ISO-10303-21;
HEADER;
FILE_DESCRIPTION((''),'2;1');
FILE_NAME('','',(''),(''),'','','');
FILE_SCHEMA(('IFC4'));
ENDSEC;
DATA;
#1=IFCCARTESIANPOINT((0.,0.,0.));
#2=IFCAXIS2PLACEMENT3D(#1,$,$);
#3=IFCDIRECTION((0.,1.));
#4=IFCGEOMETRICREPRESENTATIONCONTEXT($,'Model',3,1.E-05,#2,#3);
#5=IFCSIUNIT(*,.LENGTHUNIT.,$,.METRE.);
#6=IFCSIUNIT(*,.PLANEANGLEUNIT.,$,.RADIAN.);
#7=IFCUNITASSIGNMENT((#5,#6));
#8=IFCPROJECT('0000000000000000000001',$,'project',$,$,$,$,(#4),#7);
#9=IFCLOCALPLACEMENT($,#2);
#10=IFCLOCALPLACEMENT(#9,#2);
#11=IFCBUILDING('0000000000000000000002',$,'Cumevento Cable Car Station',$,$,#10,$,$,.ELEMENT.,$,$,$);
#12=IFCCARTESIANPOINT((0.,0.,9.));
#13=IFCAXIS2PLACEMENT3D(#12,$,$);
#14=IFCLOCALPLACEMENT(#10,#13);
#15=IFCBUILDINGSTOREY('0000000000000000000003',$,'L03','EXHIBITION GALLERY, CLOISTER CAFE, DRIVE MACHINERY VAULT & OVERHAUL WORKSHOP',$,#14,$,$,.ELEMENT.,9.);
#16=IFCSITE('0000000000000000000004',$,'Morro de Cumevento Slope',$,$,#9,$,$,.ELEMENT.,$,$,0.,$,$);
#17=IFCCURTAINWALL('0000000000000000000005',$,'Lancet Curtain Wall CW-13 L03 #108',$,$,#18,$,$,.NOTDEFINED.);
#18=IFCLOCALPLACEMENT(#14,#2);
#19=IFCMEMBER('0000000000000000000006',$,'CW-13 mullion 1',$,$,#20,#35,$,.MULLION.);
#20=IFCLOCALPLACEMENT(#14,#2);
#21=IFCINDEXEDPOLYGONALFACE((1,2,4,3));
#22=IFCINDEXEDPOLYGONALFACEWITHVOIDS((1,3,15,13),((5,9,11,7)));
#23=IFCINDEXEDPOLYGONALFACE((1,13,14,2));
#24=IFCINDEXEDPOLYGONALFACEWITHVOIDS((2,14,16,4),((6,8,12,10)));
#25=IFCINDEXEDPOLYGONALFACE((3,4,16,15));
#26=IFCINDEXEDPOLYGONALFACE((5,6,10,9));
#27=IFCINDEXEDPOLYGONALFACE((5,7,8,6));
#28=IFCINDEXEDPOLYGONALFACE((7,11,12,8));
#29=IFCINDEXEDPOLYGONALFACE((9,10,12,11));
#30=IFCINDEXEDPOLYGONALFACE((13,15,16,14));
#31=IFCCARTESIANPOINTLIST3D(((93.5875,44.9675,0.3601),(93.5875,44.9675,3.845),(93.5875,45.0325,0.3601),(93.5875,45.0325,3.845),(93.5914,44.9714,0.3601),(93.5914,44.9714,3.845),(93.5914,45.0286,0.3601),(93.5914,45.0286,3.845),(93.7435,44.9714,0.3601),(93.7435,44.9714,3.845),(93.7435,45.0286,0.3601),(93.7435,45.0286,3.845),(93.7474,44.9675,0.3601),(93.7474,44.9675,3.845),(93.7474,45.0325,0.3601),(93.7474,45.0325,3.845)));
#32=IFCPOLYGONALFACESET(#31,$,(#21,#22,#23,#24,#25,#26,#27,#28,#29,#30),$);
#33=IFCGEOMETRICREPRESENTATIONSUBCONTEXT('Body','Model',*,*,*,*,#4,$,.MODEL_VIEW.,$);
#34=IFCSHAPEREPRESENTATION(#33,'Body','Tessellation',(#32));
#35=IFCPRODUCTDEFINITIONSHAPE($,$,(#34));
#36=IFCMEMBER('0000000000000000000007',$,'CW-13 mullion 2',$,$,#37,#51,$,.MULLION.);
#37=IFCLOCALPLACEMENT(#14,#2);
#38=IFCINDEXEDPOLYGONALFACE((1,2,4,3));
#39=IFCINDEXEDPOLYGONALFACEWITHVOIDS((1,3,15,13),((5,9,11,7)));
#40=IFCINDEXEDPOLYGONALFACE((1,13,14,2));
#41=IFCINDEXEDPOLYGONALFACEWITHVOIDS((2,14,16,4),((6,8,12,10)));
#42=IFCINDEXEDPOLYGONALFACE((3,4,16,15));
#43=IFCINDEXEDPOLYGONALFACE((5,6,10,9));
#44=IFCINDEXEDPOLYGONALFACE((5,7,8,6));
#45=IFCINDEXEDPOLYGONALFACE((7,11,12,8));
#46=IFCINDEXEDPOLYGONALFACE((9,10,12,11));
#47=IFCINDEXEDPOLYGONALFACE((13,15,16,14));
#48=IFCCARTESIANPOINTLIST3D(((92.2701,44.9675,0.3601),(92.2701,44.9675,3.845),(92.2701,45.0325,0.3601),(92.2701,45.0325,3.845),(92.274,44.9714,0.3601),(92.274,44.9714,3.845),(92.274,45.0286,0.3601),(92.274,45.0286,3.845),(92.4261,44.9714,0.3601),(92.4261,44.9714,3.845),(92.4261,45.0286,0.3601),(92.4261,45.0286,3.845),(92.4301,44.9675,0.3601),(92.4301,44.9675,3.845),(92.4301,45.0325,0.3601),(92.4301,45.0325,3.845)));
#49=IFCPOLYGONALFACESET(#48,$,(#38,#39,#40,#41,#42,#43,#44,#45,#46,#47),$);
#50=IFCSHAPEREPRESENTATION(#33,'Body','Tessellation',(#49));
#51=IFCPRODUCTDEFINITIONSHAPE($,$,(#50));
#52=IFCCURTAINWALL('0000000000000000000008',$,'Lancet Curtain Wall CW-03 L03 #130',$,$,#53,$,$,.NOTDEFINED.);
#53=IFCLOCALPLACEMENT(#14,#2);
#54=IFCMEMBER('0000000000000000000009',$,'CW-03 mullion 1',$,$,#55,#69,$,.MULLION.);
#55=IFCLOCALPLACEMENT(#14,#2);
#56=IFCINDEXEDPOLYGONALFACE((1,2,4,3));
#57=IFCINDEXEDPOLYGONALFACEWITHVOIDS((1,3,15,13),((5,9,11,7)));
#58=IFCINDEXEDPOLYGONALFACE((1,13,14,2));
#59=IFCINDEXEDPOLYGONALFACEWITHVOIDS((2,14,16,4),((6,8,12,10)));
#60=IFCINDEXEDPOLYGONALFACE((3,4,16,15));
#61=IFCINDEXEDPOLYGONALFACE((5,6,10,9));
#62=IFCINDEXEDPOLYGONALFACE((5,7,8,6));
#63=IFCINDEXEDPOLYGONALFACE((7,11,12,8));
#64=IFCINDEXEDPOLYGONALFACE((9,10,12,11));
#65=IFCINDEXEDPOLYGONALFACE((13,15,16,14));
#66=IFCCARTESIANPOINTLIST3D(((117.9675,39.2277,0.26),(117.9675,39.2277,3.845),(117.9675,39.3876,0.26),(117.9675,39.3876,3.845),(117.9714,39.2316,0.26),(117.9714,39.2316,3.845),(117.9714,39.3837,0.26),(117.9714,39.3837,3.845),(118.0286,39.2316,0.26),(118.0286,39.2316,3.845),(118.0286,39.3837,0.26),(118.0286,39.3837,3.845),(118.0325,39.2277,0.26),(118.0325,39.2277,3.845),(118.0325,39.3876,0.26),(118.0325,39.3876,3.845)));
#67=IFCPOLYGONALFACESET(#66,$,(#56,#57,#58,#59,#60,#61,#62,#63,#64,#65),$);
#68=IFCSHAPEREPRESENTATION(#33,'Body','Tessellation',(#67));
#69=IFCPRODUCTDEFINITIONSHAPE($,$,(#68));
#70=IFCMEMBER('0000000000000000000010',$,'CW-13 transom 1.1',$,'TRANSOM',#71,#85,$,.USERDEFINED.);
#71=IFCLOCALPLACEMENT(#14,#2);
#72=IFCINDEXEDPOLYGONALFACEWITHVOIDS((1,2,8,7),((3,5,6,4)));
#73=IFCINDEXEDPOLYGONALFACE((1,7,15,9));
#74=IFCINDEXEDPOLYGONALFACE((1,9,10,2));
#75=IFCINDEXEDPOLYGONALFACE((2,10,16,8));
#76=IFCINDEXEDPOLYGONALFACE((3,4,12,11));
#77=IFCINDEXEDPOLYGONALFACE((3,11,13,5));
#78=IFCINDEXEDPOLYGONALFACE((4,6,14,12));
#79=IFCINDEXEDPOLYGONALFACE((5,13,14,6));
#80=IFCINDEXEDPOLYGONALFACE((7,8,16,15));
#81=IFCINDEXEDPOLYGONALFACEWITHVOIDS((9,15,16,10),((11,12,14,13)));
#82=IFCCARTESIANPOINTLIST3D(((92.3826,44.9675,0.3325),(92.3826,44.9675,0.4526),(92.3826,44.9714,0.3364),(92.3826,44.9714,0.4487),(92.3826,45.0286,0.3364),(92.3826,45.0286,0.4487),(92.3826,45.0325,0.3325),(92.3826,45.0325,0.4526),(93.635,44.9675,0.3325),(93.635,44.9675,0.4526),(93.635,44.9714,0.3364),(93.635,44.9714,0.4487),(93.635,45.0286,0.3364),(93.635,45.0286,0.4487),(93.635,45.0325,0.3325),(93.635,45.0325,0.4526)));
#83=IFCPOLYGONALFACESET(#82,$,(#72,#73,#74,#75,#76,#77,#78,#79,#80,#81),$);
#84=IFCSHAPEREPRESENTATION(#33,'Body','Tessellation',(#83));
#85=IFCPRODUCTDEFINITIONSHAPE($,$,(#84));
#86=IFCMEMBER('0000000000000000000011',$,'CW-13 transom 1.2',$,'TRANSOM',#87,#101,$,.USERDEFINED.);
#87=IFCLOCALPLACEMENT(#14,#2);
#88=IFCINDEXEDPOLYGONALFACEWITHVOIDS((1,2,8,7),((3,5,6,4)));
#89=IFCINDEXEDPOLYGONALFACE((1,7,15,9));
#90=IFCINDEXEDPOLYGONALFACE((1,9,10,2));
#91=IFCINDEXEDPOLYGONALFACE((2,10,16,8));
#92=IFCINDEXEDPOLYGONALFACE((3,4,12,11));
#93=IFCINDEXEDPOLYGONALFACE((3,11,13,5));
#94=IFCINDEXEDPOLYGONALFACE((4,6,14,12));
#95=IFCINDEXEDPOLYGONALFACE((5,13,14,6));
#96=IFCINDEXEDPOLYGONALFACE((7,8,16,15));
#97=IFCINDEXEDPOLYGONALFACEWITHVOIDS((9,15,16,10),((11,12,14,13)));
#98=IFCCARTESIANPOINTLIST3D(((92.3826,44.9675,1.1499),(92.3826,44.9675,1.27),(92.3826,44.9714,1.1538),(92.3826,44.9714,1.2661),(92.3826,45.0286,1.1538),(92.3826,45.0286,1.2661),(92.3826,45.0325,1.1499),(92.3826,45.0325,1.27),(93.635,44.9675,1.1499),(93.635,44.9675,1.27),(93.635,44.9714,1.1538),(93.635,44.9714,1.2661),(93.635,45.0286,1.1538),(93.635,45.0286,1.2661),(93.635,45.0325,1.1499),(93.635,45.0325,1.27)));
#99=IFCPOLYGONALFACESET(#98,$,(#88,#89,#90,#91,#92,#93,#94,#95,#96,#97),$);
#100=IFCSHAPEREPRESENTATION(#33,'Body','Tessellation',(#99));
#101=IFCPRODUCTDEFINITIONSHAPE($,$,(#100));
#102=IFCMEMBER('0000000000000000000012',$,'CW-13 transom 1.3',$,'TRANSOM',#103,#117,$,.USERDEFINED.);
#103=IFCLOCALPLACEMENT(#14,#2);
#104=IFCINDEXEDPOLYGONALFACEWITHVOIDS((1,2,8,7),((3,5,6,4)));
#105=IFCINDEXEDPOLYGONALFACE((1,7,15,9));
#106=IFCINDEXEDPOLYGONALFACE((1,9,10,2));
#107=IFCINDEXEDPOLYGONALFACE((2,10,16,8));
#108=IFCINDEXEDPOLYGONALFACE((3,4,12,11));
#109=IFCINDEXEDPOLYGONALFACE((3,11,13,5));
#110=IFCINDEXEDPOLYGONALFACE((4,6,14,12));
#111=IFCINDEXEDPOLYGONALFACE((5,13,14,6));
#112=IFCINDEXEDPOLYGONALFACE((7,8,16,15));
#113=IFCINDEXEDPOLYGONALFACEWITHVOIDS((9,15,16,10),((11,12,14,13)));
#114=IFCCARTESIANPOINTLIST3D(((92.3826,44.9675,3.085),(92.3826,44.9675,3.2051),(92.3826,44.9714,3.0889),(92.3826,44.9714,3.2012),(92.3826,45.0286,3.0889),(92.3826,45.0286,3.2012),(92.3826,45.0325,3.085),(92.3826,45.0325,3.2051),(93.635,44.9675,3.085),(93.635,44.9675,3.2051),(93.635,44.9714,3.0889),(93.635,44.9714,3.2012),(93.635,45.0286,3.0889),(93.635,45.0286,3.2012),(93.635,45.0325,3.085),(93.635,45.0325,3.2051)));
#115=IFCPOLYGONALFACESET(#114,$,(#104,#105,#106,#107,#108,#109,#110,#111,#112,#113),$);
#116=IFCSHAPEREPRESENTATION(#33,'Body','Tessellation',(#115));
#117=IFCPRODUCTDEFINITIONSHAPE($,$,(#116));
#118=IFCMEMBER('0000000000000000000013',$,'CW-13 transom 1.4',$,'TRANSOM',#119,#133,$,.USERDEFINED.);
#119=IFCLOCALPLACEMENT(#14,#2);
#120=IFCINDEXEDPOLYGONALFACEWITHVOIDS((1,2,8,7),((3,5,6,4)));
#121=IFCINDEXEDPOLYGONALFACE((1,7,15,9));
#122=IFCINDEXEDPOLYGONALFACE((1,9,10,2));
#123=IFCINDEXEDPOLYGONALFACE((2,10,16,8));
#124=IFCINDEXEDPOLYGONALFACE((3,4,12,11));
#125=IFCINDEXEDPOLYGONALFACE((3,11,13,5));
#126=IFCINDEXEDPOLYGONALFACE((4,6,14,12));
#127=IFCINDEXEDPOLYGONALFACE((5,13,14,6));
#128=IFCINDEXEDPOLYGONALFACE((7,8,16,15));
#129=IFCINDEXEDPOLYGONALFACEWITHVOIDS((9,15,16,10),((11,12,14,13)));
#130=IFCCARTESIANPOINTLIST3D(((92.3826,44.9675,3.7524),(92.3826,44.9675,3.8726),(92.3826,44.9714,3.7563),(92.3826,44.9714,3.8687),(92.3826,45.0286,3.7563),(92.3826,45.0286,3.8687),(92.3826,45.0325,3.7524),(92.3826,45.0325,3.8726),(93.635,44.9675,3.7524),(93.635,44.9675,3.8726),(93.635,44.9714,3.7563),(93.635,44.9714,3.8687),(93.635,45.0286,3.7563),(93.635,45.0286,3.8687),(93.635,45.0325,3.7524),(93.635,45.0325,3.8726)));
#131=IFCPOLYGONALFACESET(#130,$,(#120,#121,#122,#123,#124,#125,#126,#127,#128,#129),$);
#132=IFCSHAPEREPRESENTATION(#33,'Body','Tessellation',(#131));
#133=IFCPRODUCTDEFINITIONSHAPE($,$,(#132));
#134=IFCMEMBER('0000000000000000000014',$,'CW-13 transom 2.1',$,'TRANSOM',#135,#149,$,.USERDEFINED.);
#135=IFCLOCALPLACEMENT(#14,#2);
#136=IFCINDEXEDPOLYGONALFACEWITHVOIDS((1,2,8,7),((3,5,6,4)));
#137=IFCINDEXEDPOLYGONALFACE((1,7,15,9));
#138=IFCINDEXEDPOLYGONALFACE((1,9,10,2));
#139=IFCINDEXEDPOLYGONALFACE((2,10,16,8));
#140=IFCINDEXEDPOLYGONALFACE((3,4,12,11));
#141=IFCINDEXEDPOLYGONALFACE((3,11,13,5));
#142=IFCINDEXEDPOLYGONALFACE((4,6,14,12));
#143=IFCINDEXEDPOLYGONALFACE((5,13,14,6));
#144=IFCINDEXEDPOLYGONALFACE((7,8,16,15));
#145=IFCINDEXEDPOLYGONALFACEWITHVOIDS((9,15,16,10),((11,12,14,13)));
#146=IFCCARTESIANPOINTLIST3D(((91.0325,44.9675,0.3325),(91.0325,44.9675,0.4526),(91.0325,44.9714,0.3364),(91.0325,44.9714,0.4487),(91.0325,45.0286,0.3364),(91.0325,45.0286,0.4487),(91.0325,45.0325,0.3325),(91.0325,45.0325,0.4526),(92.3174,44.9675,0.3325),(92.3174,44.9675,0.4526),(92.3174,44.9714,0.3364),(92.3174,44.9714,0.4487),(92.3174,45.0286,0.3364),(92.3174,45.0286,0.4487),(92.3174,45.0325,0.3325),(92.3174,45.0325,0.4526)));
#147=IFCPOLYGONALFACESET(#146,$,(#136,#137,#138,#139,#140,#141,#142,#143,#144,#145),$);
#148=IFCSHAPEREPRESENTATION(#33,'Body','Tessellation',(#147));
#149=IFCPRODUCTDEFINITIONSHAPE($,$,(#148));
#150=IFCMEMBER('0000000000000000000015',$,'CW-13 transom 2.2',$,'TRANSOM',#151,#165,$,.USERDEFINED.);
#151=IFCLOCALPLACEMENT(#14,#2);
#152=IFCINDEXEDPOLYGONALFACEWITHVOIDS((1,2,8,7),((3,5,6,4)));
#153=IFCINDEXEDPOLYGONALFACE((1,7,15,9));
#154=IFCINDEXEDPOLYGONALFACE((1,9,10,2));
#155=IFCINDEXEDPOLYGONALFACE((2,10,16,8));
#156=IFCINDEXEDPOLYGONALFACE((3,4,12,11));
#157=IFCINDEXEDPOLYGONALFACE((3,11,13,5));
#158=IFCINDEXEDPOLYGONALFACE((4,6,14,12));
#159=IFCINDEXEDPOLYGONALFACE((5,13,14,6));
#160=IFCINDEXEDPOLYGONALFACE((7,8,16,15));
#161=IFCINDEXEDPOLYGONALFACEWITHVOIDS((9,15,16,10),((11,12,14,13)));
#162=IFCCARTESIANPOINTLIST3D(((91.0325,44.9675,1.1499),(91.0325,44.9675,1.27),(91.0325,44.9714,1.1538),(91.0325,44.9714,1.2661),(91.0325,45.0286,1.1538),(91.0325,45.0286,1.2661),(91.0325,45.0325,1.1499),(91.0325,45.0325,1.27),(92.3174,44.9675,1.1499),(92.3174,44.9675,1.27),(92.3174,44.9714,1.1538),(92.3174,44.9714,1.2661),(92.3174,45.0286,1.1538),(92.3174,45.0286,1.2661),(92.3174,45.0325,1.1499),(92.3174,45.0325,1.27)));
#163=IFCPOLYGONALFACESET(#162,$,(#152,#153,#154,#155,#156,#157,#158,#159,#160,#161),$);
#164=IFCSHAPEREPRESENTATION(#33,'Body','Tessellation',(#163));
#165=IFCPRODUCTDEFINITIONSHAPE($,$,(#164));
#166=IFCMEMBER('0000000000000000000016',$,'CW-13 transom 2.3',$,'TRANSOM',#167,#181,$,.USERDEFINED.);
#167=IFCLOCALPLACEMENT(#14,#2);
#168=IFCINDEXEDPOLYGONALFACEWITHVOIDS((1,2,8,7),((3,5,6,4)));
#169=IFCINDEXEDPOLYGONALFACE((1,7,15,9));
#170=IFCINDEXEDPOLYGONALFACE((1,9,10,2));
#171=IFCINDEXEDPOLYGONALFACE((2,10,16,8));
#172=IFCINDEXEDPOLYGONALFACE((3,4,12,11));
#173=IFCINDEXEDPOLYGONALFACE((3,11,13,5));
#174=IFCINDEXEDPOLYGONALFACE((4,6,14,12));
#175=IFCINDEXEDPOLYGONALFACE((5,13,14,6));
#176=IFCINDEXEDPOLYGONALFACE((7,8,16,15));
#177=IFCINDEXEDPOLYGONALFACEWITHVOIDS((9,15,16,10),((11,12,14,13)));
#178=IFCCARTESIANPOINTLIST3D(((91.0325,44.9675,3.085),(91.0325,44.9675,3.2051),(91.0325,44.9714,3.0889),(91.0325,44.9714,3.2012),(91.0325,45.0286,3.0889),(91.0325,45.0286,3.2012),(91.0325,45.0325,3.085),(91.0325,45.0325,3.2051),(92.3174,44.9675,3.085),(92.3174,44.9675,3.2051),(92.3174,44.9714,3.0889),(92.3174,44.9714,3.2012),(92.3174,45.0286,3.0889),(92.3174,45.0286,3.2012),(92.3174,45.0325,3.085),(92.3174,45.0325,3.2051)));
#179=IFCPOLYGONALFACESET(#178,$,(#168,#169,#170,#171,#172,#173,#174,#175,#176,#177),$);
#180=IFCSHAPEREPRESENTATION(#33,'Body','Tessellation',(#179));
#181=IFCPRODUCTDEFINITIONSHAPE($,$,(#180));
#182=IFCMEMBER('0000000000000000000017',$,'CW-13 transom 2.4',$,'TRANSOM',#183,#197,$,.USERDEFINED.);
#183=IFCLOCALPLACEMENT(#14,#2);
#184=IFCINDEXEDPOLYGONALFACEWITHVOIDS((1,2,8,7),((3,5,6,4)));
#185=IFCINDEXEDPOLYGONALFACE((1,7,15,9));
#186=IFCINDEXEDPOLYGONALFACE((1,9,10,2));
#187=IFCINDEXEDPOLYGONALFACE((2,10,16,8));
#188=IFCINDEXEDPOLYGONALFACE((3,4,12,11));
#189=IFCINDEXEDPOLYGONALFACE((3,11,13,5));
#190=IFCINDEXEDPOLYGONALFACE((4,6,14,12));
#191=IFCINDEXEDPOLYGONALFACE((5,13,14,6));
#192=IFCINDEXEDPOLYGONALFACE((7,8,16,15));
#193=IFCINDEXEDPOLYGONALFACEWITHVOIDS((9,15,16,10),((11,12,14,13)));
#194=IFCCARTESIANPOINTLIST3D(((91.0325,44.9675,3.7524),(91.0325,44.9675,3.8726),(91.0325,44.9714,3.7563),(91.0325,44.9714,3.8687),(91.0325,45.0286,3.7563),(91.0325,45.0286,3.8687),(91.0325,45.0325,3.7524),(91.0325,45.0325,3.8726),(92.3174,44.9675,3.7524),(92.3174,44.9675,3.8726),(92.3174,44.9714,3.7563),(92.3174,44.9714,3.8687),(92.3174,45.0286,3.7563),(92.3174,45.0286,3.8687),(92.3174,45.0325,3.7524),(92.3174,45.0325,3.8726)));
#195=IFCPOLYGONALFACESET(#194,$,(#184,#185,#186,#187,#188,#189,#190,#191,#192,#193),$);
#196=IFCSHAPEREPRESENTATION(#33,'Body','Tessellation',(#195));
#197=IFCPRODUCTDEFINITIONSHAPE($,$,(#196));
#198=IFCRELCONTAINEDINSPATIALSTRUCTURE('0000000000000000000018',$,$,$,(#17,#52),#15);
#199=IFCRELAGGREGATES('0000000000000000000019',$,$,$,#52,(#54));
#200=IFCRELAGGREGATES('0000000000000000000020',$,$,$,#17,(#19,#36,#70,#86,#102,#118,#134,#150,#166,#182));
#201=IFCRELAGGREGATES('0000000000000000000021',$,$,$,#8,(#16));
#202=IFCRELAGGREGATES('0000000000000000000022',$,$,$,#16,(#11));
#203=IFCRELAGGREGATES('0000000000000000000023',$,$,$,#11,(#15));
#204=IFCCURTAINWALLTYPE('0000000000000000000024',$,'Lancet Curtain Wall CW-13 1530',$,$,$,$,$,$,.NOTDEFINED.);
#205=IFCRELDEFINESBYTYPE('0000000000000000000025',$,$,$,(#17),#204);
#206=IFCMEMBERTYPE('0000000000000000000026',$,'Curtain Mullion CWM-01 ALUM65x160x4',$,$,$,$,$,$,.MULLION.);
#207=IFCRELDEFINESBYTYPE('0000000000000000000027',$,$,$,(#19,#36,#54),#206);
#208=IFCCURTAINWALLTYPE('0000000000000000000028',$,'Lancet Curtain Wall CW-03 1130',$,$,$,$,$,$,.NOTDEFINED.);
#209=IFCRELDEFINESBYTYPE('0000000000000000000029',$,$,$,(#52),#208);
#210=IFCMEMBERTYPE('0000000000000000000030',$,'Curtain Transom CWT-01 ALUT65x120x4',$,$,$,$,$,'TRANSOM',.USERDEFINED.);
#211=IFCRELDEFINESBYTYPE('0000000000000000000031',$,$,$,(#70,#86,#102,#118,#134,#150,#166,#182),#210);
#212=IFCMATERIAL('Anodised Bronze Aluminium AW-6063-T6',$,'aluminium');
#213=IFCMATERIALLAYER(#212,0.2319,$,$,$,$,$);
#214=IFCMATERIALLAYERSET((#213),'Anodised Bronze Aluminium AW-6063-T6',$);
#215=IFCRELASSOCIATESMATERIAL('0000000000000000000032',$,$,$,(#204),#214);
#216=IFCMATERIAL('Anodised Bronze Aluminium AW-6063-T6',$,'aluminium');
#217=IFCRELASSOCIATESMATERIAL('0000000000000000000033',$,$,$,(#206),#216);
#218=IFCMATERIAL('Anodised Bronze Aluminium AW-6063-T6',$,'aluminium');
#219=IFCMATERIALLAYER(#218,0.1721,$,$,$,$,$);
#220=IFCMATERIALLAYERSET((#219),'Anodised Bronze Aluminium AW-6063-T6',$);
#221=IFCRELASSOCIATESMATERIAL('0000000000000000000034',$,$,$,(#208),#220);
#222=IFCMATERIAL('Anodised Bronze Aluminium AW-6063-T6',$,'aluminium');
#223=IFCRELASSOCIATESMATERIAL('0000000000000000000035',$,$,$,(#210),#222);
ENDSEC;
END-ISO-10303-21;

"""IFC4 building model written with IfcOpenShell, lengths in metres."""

from ifc_helpers import new_model, si_unit, direction, frame, origin, origin_2d, place, context, subcontext, project, spatial, hollow_rectangle, extrude, material, layer, layer_set, material_profile, profile_set, type_object, element, aggregate, save


model = new_model("IFC4")

# Units and contexts
model_context = context("Model", 3, precision=1e-05, world=origin(), true_north=direction((0.0, 1.0)))
body_context = subcontext(model_context, "Body", "Model", "MODEL_VIEW")
ifc_project = project(units=[si_unit("LENGTHUNIT", "METRE"), si_unit("PLANEANGLEUNIT", "RADIAN")], contexts=[model_context])

# Site, building, storey
site_placement = place(None, origin())
site = spatial("IfcSite", under=ifc_project, at=site_placement, Name="Morro de Cumevento Slope", CompositionType="ELEMENT", RefElevation=0.0)
building_placement = place(site_placement, origin())
building = spatial("IfcBuilding", under=site, at=building_placement, Name="Cumevento Cable Car Station", CompositionType="ELEMENT")
storey_placement = place(building_placement, frame((0.0, 0.0, 9.0)))
storey = spatial("IfcBuildingStorey", under=building, at=storey_placement, Name="L03", Description="EXHIBITION GALLERY, CLOISTER CAFE, DRIVE MACHINERY VAULT & OVERHAUL WORKSHOP", CompositionType="ELEMENT", Elevation=9.0)

# Curtain wall, members
ifc_material_1 = material(Name="Anodised Bronze Aluminium AW-6063-T6", Category="aluminium")
ifc_layer_1 = layer(ifc_material_1, 0.2319)
ifc_layer_set_1 = layer_set([ifc_layer_1], Name="Anodised Bronze Aluminium AW-6063-T6")
curtain_wall_type_1 = type_object("IfcCurtainWallType", Name="Lancet Curtain Wall CW-13 1530", PredefinedType="NOTDEFINED", material=ifc_layer_set_1)
curtain_wall_1_placement = place(storey_placement, origin())
curtain_wall_1 = element("IfcCurtainWall", 1, at=curtain_wall_1_placement, inside=storey, type_object=curtain_wall_type_1, Name="Lancet Curtain Wall CW-13 L03 #108", PredefinedType="NOTDEFINED")
ifc_material_2 = material(Name="Anodised Bronze Aluminium AW-6063-T6", Category="aluminium")
ifc_material_profile_1 = material_profile(ifc_material_2, hollow_rectangle(XDim=0.0649, YDim=0.1599, WallThickness=0.0039, at=origin_2d()), Name="ALUM65x160x4")
ifc_profile_set_1 = profile_set([ifc_material_profile_1], Name="Anodised Bronze Aluminium AW-6063-T6")
member_type_1 = type_object("IfcMemberType", Name="Curtain Mullion CWM-01 ALUM65x160x4", PredefinedType="MULLION", material=ifc_profile_set_1)
member_1_placement = place(storey_placement, frame((93.6675, 45.0, 0.3601), z_axis=(0.0, 0.0, 1.0), x_axis=(0.0, -1.0, 0.0)))
member_1 = element("IfcMember", 2, at=member_1_placement, type_object=member_type_1, Name="CW-13 mullion 1", PredefinedType="MULLION", context=body_context, shape_type="SweptSolid", body=[
    extrude(hollow_rectangle(XDim=0.0649, YDim=0.1599, WallThickness=0.0039, at=origin_2d()), origin(), (0.0, 0.0, 1.0), 3.4849),
])
member_2_placement = place(storey_placement, frame((92.3501, 45.0, 0.3601), z_axis=(0.0, 0.0, 1.0), x_axis=(0.0, -1.0, 0.0)))
member_2 = element("IfcMember", 3, at=member_2_placement, type_object=member_type_1, Name="CW-13 mullion 2", PredefinedType="MULLION", context=body_context, shape_type="SweptSolid", body=[
    extrude(hollow_rectangle(XDim=0.0649, YDim=0.1599, WallThickness=0.0039, at=origin_2d()), origin(), (0.0, 0.0, 1.0), 3.4849),
])

# Curtain wall, member
ifc_material_3 = material(Name="Anodised Bronze Aluminium AW-6063-T6", Category="aluminium")
ifc_layer_2 = layer(ifc_material_3, 0.1721)
ifc_layer_set_2 = layer_set([ifc_layer_2], Name="Anodised Bronze Aluminium AW-6063-T6")
curtain_wall_type_2 = type_object("IfcCurtainWallType", Name="Lancet Curtain Wall CW-03 1130", PredefinedType="NOTDEFINED", material=ifc_layer_set_2)
curtain_wall_2_placement = place(storey_placement, origin())
curtain_wall_2 = element("IfcCurtainWall", 4, at=curtain_wall_2_placement, inside=storey, type_object=curtain_wall_type_2, Name="Lancet Curtain Wall CW-03 L03 #130", PredefinedType="NOTDEFINED")
member_3_placement = place(storey_placement, frame((118.0, 39.3076, 0.26), z_axis=(0.0, 0.0, 1.0), x_axis=(-1.0, 0.0, 0.0)))
member_3 = element("IfcMember", 5, at=member_3_placement, type_object=member_type_1, Name="CW-03 mullion 1", PredefinedType="MULLION", context=body_context, shape_type="SweptSolid", body=[
    extrude(hollow_rectangle(XDim=0.0649, YDim=0.1599, WallThickness=0.0039, at=origin_2d()), origin(), (0.0, 0.0, 1.0), 3.585),
])

# Members
ifc_material_4 = material(Name="Anodised Bronze Aluminium AW-6063-T6", Category="aluminium")
ifc_material_profile_2 = material_profile(ifc_material_4, hollow_rectangle(XDim=0.0649, YDim=0.1201, WallThickness=0.0039, at=origin_2d()), Name="ALUT65x120x4")
ifc_profile_set_2 = profile_set([ifc_material_profile_2], Name="Anodised Bronze Aluminium AW-6063-T6")
member_type_2 = type_object("IfcMemberType", Name="Curtain Transom CWT-01 ALUT65x120x4", ElementType="TRANSOM", PredefinedType="USERDEFINED", material=ifc_profile_set_2)
member_4_placement = place(storey_placement, frame((93.635, 45.0, 0.3926), z_axis=(-1.0, 0.0, 0.0), x_axis=(0.0, -1.0, 0.0)))
member_4 = element("IfcMember", 6, at=member_4_placement, type_object=member_type_2, Name="CW-13 transom 1.1", ObjectType="TRANSOM", PredefinedType="USERDEFINED", context=body_context, shape_type="SweptSolid", body=[
    extrude(hollow_rectangle(XDim=0.0649, YDim=0.1201, WallThickness=0.0039, at=origin_2d()), origin(), (0.0, 0.0, 1.0), 1.2524),
])
member_5_placement = place(storey_placement, frame((93.635, 45.0, 1.21), z_axis=(-1.0, 0.0, 0.0), x_axis=(0.0, -1.0, 0.0)))
member_5 = element("IfcMember", 7, at=member_5_placement, type_object=member_type_2, Name="CW-13 transom 1.2", ObjectType="TRANSOM", PredefinedType="USERDEFINED", context=body_context, shape_type="SweptSolid", body=[
    extrude(hollow_rectangle(XDim=0.0649, YDim=0.1201, WallThickness=0.0039, at=origin_2d()), origin(), (0.0, 0.0, 1.0), 1.2524),
])
member_6_placement = place(storey_placement, frame((93.635, 45.0, 3.145), z_axis=(-1.0, 0.0, 0.0), x_axis=(0.0, -1.0, 0.0)))
member_6 = element("IfcMember", 8, at=member_6_placement, type_object=member_type_2, Name="CW-13 transom 1.3", ObjectType="TRANSOM", PredefinedType="USERDEFINED", context=body_context, shape_type="SweptSolid", body=[
    extrude(hollow_rectangle(XDim=0.0649, YDim=0.1201, WallThickness=0.0039, at=origin_2d()), origin(), (0.0, 0.0, 1.0), 1.2524),
])
member_7_placement = place(storey_placement, frame((93.635, 45.0, 3.8125), z_axis=(-1.0, 0.0, 0.0), x_axis=(0.0, -1.0, 0.0)))
member_7 = element("IfcMember", 9, at=member_7_placement, type_object=member_type_2, Name="CW-13 transom 1.4", ObjectType="TRANSOM", PredefinedType="USERDEFINED", context=body_context, shape_type="SweptSolid", body=[
    extrude(hollow_rectangle(XDim=0.0649, YDim=0.1201, WallThickness=0.0039, at=origin_2d()), origin(), (0.0, 0.0, 1.0), 1.2524),
])
member_8_placement = place(storey_placement, frame((92.3174, 45.0, 0.3926), z_axis=(-1.0, 0.0, 0.0), x_axis=(0.0, -1.0, 0.0)))
member_8 = element("IfcMember", 10, at=member_8_placement, type_object=member_type_2, Name="CW-13 transom 2.1", ObjectType="TRANSOM", PredefinedType="USERDEFINED", context=body_context, shape_type="SweptSolid", body=[
    extrude(hollow_rectangle(XDim=0.0649, YDim=0.1201, WallThickness=0.0039, at=origin_2d()), origin(), (0.0, 0.0, 1.0), 1.2849),
])
member_9_placement = place(storey_placement, frame((92.3174, 45.0, 1.21), z_axis=(-1.0, 0.0, 0.0), x_axis=(0.0, -1.0, 0.0)))
member_9 = element("IfcMember", 11, at=member_9_placement, type_object=member_type_2, Name="CW-13 transom 2.2", ObjectType="TRANSOM", PredefinedType="USERDEFINED", context=body_context, shape_type="SweptSolid", body=[
    extrude(hollow_rectangle(XDim=0.0649, YDim=0.1201, WallThickness=0.0039, at=origin_2d()), origin(), (0.0, 0.0, 1.0), 1.2849),
])
member_10_placement = place(storey_placement, frame((92.3174, 45.0, 3.145), z_axis=(-1.0, 0.0, 0.0), x_axis=(0.0, -1.0, 0.0)))
member_10 = element("IfcMember", 12, at=member_10_placement, type_object=member_type_2, Name="CW-13 transom 2.3", ObjectType="TRANSOM", PredefinedType="USERDEFINED", context=body_context, shape_type="SweptSolid", body=[
    extrude(hollow_rectangle(XDim=0.0649, YDim=0.1201, WallThickness=0.0039, at=origin_2d()), origin(), (0.0, 0.0, 1.0), 1.2849),
])
member_11_placement = place(storey_placement, frame((92.3174, 45.0, 3.8125), z_axis=(-1.0, 0.0, 0.0), x_axis=(0.0, -1.0, 0.0)))
member_11 = element("IfcMember", 13, at=member_11_placement, type_object=member_type_2, Name="CW-13 transom 2.4", ObjectType="TRANSOM", PredefinedType="USERDEFINED", context=body_context, shape_type="SweptSolid", body=[
    extrude(hollow_rectangle(XDim=0.0649, YDim=0.1201, WallThickness=0.0039, at=origin_2d()), origin(), (0.0, 0.0, 1.0), 1.2849),
])
aggregate(curtain_wall_2, [member_3])

aggregate(curtain_wall_1, [member_1, member_2, member_4, member_5, member_6, member_7, member_8, member_9, member_10, member_11])

save(model, "model.ifc")
